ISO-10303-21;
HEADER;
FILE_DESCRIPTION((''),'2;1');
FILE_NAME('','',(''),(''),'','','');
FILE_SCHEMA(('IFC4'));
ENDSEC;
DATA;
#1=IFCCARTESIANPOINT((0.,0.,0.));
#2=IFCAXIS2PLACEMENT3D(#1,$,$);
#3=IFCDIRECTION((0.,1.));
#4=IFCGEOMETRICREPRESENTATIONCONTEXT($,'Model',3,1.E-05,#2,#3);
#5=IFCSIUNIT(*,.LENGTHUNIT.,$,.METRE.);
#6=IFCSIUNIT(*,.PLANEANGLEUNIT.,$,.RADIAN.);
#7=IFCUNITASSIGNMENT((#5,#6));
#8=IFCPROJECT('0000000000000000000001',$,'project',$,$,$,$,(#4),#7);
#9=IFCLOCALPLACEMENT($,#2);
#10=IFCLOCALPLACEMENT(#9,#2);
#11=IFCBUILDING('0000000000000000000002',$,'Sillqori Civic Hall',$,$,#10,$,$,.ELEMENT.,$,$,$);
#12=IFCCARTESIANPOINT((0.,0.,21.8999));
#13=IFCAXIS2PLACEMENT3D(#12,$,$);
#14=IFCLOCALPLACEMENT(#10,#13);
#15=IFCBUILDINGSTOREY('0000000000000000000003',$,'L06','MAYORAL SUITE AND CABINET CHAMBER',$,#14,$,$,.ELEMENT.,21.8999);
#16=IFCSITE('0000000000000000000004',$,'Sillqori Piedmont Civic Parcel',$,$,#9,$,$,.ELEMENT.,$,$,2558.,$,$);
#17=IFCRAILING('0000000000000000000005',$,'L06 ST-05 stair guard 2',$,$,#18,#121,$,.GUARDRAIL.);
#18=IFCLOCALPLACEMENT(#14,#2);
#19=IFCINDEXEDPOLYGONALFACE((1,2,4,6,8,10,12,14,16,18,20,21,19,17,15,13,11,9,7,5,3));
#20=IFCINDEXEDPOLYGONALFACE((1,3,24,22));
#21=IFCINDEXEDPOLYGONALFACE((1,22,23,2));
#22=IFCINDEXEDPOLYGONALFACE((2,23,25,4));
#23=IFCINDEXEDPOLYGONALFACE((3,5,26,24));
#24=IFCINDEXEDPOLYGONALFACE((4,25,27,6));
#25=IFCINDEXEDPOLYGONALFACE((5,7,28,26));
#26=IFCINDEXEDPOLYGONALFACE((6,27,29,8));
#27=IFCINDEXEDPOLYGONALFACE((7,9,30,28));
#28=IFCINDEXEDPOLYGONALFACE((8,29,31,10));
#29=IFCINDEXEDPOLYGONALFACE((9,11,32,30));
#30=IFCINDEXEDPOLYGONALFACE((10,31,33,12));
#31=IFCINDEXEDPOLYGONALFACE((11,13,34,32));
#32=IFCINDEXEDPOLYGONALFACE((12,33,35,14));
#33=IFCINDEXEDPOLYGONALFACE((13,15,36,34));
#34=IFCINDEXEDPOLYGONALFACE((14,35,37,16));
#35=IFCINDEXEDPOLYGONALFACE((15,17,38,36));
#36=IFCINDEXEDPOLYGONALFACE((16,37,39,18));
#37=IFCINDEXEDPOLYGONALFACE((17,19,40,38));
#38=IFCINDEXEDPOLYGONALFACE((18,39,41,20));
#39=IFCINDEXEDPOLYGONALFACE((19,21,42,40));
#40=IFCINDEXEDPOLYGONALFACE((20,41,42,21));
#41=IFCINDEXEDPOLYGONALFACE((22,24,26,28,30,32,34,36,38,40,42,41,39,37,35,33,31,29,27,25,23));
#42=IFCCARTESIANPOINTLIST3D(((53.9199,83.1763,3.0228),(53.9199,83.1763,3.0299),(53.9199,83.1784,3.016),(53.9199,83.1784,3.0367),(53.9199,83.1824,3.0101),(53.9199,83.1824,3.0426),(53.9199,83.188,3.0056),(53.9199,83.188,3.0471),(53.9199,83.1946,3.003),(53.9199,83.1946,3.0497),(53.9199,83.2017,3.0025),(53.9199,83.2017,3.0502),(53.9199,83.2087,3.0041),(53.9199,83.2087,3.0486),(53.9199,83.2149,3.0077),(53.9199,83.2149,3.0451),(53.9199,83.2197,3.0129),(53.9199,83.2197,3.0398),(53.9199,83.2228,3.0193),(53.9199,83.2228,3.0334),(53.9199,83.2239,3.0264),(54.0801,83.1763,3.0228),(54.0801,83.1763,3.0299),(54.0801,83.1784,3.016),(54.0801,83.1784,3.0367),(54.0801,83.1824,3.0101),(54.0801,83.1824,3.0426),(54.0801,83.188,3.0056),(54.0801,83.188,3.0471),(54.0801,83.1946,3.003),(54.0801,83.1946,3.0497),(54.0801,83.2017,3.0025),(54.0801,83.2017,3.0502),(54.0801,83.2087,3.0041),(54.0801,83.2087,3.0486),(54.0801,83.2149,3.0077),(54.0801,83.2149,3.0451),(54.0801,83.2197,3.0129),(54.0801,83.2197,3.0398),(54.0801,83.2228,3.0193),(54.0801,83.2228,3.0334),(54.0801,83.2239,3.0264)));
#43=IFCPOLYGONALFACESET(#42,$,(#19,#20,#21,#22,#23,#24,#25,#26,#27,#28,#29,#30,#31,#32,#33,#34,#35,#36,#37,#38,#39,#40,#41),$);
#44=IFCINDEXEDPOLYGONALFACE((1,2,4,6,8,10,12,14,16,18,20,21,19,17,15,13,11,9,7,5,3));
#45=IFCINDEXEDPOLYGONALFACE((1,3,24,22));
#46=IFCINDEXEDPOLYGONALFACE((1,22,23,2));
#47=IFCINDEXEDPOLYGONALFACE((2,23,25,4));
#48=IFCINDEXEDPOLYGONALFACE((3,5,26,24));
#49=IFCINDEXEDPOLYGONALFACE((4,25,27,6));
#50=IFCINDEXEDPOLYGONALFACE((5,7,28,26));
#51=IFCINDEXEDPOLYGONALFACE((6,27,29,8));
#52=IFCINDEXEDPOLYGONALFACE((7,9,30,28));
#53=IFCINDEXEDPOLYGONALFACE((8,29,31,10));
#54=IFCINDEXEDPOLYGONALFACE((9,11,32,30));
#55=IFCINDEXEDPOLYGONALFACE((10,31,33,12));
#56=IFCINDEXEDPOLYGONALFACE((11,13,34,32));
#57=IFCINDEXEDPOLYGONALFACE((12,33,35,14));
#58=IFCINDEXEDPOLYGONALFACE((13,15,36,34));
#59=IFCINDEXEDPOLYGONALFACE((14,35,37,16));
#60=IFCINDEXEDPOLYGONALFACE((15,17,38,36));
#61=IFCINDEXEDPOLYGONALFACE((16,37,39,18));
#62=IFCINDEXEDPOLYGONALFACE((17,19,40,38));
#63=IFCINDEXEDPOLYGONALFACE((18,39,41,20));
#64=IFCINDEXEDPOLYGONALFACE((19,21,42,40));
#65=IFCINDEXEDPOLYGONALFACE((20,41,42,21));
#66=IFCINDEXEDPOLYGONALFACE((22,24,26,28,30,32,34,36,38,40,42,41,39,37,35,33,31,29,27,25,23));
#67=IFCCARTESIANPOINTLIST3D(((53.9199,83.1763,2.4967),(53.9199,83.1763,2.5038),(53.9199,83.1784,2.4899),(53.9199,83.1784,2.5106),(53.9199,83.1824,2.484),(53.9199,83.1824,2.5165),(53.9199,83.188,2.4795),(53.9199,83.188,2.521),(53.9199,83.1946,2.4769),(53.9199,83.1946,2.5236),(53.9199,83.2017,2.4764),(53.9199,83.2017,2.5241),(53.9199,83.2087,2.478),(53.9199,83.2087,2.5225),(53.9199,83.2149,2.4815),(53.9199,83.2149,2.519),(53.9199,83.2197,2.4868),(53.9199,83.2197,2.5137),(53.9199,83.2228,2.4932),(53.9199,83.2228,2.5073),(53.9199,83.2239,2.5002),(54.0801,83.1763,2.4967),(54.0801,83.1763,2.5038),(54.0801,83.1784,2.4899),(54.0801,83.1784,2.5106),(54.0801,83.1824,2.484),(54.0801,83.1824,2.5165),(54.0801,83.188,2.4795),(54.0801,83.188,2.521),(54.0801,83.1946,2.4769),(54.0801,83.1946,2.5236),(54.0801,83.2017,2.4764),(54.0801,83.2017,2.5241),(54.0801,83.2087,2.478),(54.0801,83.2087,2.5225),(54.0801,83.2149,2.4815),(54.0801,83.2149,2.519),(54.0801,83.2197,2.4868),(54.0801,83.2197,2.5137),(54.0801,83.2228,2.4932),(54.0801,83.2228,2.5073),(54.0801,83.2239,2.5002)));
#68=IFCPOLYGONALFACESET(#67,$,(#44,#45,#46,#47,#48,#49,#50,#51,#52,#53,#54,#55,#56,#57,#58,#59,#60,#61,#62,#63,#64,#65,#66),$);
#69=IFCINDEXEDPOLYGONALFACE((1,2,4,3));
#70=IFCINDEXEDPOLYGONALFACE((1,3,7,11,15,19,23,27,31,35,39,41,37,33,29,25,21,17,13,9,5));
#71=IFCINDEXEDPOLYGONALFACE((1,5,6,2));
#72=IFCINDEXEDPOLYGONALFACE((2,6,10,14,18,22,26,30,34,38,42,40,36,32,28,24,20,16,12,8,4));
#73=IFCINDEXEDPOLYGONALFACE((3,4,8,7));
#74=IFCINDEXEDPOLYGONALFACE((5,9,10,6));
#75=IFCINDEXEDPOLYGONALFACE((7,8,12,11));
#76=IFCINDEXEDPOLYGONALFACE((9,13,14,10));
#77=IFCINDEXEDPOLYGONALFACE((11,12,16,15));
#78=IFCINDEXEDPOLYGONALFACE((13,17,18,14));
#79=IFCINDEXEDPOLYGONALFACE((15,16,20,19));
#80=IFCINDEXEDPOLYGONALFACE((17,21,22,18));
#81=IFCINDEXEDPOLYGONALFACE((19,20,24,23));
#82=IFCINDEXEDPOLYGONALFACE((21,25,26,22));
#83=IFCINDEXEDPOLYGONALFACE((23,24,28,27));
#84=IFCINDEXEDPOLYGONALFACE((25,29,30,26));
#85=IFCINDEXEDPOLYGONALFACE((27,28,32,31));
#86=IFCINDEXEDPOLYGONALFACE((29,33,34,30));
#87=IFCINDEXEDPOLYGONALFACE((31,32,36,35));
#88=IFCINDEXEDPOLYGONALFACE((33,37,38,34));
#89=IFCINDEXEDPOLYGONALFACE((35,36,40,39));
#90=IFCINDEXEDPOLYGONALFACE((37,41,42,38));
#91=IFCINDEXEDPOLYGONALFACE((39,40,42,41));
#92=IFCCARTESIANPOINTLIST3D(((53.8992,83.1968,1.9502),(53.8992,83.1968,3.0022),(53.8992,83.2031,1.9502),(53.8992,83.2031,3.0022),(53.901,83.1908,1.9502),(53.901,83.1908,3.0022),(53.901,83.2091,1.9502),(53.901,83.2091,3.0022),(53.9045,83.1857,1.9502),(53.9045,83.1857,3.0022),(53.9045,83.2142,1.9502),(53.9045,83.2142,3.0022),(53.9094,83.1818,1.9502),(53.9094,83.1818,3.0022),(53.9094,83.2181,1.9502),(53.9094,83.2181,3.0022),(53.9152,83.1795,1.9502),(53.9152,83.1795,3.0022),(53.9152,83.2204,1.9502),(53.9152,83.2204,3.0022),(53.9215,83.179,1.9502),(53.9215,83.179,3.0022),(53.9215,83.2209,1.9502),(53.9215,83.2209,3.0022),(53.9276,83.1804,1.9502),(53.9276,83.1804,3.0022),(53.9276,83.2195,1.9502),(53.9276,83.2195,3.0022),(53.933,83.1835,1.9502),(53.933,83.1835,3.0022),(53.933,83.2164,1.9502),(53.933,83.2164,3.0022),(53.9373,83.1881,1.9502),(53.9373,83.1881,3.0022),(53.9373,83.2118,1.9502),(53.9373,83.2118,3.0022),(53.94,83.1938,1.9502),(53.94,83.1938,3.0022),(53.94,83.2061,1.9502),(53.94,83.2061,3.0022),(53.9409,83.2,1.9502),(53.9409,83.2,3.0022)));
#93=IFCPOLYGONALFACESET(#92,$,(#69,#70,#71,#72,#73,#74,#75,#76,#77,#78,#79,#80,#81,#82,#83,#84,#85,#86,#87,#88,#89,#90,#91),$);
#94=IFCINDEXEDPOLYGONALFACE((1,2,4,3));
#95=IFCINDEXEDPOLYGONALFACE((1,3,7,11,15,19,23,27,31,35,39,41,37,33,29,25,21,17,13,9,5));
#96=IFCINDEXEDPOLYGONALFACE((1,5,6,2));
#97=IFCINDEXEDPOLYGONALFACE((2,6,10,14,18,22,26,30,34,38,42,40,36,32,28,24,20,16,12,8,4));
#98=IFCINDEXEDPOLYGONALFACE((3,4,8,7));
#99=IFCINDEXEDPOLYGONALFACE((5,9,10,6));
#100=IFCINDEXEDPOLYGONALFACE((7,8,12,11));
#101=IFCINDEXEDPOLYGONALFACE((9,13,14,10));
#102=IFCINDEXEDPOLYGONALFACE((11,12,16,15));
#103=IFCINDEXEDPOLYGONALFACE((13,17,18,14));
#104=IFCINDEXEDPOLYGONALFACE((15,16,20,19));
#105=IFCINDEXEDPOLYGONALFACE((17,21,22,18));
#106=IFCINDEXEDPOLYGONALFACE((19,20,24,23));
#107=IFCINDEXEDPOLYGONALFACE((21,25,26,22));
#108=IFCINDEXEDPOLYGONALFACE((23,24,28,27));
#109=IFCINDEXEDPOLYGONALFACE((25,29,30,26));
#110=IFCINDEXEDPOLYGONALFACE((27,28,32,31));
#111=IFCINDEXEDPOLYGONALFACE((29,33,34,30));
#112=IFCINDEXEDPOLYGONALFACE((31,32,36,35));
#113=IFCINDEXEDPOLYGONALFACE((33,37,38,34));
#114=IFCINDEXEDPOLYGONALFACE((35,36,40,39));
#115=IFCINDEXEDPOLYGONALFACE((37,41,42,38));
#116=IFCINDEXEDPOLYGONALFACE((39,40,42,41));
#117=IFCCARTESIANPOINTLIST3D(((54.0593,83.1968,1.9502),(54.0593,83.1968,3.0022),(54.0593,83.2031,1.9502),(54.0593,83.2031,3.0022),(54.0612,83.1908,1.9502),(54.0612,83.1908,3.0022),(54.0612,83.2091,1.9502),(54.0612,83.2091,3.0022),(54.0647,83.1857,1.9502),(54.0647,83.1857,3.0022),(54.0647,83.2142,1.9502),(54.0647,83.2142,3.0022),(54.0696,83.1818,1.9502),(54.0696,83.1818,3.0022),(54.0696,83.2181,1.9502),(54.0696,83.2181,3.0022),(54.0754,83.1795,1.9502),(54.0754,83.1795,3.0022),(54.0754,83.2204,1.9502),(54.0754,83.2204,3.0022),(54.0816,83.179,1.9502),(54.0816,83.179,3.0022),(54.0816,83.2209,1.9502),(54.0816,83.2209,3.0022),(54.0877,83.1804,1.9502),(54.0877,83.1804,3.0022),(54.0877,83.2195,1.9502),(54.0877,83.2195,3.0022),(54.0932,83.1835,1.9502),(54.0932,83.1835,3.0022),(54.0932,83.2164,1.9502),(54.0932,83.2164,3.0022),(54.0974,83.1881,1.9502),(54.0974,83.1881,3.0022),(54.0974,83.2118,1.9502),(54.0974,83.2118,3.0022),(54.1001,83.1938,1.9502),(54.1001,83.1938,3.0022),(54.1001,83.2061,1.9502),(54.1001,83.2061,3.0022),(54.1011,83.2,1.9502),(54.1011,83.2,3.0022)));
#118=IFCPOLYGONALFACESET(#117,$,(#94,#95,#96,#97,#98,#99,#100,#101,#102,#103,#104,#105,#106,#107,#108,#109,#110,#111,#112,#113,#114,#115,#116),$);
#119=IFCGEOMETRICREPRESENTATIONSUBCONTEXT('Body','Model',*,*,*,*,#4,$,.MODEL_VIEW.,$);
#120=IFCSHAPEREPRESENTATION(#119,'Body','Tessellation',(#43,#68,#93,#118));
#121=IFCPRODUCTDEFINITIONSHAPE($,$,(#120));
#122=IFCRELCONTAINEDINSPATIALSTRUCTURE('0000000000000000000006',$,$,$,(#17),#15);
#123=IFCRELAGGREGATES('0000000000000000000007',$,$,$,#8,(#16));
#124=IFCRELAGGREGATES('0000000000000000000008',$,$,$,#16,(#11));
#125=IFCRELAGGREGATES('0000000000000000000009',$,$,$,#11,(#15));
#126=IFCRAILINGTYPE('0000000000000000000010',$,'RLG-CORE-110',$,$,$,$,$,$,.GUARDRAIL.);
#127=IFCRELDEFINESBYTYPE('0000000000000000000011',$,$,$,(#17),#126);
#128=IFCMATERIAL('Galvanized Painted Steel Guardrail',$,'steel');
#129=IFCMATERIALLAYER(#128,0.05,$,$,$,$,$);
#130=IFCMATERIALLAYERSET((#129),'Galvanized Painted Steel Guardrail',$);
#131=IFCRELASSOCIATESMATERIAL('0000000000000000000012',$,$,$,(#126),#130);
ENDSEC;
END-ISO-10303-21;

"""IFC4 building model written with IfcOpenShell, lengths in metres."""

from ifc_helpers import new_model, si_unit, direction, frame, origin, origin_2d, place, context, subcontext, project, spatial, circle, extrude, material, layer, layer_set, type_object, element, save


model = new_model("IFC4")

# Units and contexts
model_context = context("Model", 3, precision=1e-05, world=origin(), true_north=direction((0.0, 1.0)))
body_context = subcontext(model_context, "Body", "Model", "MODEL_VIEW")
ifc_project = project(units=[si_unit("LENGTHUNIT", "METRE"), si_unit("PLANEANGLEUNIT", "RADIAN")], contexts=[model_context])

# Site, building, storey
site_placement = place(None, origin())
site = spatial("IfcSite", under=ifc_project, at=site_placement, Name="Sillqori Piedmont Civic Parcel", CompositionType="ELEMENT", RefElevation=2558.0)
building_placement = place(site_placement, origin())
building = spatial("IfcBuilding", under=site, at=building_placement, Name="Sillqori Civic Hall", CompositionType="ELEMENT")
storey_placement = place(building_placement, frame((0.0, 0.0, 21.8999)))
storey = spatial("IfcBuildingStorey", under=building, at=storey_placement, Name="L06", Description="MAYORAL SUITE AND CABINET CHAMBER", CompositionType="ELEMENT", Elevation=21.8999)

# Railing
ifc_material_1 = material(Name="Galvanized Painted Steel Guardrail", Category="steel")
ifc_layer_1 = layer(ifc_material_1, 0.05)
ifc_layer_set_1 = layer_set([ifc_layer_1], Name="Galvanized Painted Steel Guardrail")
railing_type_1 = type_object("IfcRailingType", Name="RLG-CORE-110", PredefinedType="GUARDRAIL", material=ifc_layer_set_1)
railing_1_placement = place(storey_placement, frame((53.9199, 83.2, 1.9502)))
element("IfcRailing", 1, at=railing_1_placement, inside=storey, type_object=railing_type_1, Name="L06 ST-05 stair guard 2", PredefinedType="GUARDRAIL", context=body_context, shape_type="SweptSolid", body=[
    extrude(circle(Radius=0.0239, at=origin_2d()), frame((0.0, 0.0, 1.0762), z_axis=(1.0, 0.0, 0.0), x_axis=(0.0, 1.0, 0.0)), (0.0, 0.0, 1.0), 0.1602),
    extrude(circle(Radius=0.0239, at=origin_2d()), frame((0.0, 0.0, 0.55), z_axis=(1.0, 0.0, 0.0), x_axis=(0.0, 1.0, 0.0)), (0.0, 0.0, 1.0), 0.1602),
    extrude(circle(Radius=0.021, at=origin_2d()), origin(), (0.0, 0.0, 1.0), 1.052),
    extrude(circle(Radius=0.021, at=origin_2d()), frame((0.1602, 0.0, 0.0)), (0.0, 0.0, 1.0), 1.052),
])

save(model, "model.ifc")
